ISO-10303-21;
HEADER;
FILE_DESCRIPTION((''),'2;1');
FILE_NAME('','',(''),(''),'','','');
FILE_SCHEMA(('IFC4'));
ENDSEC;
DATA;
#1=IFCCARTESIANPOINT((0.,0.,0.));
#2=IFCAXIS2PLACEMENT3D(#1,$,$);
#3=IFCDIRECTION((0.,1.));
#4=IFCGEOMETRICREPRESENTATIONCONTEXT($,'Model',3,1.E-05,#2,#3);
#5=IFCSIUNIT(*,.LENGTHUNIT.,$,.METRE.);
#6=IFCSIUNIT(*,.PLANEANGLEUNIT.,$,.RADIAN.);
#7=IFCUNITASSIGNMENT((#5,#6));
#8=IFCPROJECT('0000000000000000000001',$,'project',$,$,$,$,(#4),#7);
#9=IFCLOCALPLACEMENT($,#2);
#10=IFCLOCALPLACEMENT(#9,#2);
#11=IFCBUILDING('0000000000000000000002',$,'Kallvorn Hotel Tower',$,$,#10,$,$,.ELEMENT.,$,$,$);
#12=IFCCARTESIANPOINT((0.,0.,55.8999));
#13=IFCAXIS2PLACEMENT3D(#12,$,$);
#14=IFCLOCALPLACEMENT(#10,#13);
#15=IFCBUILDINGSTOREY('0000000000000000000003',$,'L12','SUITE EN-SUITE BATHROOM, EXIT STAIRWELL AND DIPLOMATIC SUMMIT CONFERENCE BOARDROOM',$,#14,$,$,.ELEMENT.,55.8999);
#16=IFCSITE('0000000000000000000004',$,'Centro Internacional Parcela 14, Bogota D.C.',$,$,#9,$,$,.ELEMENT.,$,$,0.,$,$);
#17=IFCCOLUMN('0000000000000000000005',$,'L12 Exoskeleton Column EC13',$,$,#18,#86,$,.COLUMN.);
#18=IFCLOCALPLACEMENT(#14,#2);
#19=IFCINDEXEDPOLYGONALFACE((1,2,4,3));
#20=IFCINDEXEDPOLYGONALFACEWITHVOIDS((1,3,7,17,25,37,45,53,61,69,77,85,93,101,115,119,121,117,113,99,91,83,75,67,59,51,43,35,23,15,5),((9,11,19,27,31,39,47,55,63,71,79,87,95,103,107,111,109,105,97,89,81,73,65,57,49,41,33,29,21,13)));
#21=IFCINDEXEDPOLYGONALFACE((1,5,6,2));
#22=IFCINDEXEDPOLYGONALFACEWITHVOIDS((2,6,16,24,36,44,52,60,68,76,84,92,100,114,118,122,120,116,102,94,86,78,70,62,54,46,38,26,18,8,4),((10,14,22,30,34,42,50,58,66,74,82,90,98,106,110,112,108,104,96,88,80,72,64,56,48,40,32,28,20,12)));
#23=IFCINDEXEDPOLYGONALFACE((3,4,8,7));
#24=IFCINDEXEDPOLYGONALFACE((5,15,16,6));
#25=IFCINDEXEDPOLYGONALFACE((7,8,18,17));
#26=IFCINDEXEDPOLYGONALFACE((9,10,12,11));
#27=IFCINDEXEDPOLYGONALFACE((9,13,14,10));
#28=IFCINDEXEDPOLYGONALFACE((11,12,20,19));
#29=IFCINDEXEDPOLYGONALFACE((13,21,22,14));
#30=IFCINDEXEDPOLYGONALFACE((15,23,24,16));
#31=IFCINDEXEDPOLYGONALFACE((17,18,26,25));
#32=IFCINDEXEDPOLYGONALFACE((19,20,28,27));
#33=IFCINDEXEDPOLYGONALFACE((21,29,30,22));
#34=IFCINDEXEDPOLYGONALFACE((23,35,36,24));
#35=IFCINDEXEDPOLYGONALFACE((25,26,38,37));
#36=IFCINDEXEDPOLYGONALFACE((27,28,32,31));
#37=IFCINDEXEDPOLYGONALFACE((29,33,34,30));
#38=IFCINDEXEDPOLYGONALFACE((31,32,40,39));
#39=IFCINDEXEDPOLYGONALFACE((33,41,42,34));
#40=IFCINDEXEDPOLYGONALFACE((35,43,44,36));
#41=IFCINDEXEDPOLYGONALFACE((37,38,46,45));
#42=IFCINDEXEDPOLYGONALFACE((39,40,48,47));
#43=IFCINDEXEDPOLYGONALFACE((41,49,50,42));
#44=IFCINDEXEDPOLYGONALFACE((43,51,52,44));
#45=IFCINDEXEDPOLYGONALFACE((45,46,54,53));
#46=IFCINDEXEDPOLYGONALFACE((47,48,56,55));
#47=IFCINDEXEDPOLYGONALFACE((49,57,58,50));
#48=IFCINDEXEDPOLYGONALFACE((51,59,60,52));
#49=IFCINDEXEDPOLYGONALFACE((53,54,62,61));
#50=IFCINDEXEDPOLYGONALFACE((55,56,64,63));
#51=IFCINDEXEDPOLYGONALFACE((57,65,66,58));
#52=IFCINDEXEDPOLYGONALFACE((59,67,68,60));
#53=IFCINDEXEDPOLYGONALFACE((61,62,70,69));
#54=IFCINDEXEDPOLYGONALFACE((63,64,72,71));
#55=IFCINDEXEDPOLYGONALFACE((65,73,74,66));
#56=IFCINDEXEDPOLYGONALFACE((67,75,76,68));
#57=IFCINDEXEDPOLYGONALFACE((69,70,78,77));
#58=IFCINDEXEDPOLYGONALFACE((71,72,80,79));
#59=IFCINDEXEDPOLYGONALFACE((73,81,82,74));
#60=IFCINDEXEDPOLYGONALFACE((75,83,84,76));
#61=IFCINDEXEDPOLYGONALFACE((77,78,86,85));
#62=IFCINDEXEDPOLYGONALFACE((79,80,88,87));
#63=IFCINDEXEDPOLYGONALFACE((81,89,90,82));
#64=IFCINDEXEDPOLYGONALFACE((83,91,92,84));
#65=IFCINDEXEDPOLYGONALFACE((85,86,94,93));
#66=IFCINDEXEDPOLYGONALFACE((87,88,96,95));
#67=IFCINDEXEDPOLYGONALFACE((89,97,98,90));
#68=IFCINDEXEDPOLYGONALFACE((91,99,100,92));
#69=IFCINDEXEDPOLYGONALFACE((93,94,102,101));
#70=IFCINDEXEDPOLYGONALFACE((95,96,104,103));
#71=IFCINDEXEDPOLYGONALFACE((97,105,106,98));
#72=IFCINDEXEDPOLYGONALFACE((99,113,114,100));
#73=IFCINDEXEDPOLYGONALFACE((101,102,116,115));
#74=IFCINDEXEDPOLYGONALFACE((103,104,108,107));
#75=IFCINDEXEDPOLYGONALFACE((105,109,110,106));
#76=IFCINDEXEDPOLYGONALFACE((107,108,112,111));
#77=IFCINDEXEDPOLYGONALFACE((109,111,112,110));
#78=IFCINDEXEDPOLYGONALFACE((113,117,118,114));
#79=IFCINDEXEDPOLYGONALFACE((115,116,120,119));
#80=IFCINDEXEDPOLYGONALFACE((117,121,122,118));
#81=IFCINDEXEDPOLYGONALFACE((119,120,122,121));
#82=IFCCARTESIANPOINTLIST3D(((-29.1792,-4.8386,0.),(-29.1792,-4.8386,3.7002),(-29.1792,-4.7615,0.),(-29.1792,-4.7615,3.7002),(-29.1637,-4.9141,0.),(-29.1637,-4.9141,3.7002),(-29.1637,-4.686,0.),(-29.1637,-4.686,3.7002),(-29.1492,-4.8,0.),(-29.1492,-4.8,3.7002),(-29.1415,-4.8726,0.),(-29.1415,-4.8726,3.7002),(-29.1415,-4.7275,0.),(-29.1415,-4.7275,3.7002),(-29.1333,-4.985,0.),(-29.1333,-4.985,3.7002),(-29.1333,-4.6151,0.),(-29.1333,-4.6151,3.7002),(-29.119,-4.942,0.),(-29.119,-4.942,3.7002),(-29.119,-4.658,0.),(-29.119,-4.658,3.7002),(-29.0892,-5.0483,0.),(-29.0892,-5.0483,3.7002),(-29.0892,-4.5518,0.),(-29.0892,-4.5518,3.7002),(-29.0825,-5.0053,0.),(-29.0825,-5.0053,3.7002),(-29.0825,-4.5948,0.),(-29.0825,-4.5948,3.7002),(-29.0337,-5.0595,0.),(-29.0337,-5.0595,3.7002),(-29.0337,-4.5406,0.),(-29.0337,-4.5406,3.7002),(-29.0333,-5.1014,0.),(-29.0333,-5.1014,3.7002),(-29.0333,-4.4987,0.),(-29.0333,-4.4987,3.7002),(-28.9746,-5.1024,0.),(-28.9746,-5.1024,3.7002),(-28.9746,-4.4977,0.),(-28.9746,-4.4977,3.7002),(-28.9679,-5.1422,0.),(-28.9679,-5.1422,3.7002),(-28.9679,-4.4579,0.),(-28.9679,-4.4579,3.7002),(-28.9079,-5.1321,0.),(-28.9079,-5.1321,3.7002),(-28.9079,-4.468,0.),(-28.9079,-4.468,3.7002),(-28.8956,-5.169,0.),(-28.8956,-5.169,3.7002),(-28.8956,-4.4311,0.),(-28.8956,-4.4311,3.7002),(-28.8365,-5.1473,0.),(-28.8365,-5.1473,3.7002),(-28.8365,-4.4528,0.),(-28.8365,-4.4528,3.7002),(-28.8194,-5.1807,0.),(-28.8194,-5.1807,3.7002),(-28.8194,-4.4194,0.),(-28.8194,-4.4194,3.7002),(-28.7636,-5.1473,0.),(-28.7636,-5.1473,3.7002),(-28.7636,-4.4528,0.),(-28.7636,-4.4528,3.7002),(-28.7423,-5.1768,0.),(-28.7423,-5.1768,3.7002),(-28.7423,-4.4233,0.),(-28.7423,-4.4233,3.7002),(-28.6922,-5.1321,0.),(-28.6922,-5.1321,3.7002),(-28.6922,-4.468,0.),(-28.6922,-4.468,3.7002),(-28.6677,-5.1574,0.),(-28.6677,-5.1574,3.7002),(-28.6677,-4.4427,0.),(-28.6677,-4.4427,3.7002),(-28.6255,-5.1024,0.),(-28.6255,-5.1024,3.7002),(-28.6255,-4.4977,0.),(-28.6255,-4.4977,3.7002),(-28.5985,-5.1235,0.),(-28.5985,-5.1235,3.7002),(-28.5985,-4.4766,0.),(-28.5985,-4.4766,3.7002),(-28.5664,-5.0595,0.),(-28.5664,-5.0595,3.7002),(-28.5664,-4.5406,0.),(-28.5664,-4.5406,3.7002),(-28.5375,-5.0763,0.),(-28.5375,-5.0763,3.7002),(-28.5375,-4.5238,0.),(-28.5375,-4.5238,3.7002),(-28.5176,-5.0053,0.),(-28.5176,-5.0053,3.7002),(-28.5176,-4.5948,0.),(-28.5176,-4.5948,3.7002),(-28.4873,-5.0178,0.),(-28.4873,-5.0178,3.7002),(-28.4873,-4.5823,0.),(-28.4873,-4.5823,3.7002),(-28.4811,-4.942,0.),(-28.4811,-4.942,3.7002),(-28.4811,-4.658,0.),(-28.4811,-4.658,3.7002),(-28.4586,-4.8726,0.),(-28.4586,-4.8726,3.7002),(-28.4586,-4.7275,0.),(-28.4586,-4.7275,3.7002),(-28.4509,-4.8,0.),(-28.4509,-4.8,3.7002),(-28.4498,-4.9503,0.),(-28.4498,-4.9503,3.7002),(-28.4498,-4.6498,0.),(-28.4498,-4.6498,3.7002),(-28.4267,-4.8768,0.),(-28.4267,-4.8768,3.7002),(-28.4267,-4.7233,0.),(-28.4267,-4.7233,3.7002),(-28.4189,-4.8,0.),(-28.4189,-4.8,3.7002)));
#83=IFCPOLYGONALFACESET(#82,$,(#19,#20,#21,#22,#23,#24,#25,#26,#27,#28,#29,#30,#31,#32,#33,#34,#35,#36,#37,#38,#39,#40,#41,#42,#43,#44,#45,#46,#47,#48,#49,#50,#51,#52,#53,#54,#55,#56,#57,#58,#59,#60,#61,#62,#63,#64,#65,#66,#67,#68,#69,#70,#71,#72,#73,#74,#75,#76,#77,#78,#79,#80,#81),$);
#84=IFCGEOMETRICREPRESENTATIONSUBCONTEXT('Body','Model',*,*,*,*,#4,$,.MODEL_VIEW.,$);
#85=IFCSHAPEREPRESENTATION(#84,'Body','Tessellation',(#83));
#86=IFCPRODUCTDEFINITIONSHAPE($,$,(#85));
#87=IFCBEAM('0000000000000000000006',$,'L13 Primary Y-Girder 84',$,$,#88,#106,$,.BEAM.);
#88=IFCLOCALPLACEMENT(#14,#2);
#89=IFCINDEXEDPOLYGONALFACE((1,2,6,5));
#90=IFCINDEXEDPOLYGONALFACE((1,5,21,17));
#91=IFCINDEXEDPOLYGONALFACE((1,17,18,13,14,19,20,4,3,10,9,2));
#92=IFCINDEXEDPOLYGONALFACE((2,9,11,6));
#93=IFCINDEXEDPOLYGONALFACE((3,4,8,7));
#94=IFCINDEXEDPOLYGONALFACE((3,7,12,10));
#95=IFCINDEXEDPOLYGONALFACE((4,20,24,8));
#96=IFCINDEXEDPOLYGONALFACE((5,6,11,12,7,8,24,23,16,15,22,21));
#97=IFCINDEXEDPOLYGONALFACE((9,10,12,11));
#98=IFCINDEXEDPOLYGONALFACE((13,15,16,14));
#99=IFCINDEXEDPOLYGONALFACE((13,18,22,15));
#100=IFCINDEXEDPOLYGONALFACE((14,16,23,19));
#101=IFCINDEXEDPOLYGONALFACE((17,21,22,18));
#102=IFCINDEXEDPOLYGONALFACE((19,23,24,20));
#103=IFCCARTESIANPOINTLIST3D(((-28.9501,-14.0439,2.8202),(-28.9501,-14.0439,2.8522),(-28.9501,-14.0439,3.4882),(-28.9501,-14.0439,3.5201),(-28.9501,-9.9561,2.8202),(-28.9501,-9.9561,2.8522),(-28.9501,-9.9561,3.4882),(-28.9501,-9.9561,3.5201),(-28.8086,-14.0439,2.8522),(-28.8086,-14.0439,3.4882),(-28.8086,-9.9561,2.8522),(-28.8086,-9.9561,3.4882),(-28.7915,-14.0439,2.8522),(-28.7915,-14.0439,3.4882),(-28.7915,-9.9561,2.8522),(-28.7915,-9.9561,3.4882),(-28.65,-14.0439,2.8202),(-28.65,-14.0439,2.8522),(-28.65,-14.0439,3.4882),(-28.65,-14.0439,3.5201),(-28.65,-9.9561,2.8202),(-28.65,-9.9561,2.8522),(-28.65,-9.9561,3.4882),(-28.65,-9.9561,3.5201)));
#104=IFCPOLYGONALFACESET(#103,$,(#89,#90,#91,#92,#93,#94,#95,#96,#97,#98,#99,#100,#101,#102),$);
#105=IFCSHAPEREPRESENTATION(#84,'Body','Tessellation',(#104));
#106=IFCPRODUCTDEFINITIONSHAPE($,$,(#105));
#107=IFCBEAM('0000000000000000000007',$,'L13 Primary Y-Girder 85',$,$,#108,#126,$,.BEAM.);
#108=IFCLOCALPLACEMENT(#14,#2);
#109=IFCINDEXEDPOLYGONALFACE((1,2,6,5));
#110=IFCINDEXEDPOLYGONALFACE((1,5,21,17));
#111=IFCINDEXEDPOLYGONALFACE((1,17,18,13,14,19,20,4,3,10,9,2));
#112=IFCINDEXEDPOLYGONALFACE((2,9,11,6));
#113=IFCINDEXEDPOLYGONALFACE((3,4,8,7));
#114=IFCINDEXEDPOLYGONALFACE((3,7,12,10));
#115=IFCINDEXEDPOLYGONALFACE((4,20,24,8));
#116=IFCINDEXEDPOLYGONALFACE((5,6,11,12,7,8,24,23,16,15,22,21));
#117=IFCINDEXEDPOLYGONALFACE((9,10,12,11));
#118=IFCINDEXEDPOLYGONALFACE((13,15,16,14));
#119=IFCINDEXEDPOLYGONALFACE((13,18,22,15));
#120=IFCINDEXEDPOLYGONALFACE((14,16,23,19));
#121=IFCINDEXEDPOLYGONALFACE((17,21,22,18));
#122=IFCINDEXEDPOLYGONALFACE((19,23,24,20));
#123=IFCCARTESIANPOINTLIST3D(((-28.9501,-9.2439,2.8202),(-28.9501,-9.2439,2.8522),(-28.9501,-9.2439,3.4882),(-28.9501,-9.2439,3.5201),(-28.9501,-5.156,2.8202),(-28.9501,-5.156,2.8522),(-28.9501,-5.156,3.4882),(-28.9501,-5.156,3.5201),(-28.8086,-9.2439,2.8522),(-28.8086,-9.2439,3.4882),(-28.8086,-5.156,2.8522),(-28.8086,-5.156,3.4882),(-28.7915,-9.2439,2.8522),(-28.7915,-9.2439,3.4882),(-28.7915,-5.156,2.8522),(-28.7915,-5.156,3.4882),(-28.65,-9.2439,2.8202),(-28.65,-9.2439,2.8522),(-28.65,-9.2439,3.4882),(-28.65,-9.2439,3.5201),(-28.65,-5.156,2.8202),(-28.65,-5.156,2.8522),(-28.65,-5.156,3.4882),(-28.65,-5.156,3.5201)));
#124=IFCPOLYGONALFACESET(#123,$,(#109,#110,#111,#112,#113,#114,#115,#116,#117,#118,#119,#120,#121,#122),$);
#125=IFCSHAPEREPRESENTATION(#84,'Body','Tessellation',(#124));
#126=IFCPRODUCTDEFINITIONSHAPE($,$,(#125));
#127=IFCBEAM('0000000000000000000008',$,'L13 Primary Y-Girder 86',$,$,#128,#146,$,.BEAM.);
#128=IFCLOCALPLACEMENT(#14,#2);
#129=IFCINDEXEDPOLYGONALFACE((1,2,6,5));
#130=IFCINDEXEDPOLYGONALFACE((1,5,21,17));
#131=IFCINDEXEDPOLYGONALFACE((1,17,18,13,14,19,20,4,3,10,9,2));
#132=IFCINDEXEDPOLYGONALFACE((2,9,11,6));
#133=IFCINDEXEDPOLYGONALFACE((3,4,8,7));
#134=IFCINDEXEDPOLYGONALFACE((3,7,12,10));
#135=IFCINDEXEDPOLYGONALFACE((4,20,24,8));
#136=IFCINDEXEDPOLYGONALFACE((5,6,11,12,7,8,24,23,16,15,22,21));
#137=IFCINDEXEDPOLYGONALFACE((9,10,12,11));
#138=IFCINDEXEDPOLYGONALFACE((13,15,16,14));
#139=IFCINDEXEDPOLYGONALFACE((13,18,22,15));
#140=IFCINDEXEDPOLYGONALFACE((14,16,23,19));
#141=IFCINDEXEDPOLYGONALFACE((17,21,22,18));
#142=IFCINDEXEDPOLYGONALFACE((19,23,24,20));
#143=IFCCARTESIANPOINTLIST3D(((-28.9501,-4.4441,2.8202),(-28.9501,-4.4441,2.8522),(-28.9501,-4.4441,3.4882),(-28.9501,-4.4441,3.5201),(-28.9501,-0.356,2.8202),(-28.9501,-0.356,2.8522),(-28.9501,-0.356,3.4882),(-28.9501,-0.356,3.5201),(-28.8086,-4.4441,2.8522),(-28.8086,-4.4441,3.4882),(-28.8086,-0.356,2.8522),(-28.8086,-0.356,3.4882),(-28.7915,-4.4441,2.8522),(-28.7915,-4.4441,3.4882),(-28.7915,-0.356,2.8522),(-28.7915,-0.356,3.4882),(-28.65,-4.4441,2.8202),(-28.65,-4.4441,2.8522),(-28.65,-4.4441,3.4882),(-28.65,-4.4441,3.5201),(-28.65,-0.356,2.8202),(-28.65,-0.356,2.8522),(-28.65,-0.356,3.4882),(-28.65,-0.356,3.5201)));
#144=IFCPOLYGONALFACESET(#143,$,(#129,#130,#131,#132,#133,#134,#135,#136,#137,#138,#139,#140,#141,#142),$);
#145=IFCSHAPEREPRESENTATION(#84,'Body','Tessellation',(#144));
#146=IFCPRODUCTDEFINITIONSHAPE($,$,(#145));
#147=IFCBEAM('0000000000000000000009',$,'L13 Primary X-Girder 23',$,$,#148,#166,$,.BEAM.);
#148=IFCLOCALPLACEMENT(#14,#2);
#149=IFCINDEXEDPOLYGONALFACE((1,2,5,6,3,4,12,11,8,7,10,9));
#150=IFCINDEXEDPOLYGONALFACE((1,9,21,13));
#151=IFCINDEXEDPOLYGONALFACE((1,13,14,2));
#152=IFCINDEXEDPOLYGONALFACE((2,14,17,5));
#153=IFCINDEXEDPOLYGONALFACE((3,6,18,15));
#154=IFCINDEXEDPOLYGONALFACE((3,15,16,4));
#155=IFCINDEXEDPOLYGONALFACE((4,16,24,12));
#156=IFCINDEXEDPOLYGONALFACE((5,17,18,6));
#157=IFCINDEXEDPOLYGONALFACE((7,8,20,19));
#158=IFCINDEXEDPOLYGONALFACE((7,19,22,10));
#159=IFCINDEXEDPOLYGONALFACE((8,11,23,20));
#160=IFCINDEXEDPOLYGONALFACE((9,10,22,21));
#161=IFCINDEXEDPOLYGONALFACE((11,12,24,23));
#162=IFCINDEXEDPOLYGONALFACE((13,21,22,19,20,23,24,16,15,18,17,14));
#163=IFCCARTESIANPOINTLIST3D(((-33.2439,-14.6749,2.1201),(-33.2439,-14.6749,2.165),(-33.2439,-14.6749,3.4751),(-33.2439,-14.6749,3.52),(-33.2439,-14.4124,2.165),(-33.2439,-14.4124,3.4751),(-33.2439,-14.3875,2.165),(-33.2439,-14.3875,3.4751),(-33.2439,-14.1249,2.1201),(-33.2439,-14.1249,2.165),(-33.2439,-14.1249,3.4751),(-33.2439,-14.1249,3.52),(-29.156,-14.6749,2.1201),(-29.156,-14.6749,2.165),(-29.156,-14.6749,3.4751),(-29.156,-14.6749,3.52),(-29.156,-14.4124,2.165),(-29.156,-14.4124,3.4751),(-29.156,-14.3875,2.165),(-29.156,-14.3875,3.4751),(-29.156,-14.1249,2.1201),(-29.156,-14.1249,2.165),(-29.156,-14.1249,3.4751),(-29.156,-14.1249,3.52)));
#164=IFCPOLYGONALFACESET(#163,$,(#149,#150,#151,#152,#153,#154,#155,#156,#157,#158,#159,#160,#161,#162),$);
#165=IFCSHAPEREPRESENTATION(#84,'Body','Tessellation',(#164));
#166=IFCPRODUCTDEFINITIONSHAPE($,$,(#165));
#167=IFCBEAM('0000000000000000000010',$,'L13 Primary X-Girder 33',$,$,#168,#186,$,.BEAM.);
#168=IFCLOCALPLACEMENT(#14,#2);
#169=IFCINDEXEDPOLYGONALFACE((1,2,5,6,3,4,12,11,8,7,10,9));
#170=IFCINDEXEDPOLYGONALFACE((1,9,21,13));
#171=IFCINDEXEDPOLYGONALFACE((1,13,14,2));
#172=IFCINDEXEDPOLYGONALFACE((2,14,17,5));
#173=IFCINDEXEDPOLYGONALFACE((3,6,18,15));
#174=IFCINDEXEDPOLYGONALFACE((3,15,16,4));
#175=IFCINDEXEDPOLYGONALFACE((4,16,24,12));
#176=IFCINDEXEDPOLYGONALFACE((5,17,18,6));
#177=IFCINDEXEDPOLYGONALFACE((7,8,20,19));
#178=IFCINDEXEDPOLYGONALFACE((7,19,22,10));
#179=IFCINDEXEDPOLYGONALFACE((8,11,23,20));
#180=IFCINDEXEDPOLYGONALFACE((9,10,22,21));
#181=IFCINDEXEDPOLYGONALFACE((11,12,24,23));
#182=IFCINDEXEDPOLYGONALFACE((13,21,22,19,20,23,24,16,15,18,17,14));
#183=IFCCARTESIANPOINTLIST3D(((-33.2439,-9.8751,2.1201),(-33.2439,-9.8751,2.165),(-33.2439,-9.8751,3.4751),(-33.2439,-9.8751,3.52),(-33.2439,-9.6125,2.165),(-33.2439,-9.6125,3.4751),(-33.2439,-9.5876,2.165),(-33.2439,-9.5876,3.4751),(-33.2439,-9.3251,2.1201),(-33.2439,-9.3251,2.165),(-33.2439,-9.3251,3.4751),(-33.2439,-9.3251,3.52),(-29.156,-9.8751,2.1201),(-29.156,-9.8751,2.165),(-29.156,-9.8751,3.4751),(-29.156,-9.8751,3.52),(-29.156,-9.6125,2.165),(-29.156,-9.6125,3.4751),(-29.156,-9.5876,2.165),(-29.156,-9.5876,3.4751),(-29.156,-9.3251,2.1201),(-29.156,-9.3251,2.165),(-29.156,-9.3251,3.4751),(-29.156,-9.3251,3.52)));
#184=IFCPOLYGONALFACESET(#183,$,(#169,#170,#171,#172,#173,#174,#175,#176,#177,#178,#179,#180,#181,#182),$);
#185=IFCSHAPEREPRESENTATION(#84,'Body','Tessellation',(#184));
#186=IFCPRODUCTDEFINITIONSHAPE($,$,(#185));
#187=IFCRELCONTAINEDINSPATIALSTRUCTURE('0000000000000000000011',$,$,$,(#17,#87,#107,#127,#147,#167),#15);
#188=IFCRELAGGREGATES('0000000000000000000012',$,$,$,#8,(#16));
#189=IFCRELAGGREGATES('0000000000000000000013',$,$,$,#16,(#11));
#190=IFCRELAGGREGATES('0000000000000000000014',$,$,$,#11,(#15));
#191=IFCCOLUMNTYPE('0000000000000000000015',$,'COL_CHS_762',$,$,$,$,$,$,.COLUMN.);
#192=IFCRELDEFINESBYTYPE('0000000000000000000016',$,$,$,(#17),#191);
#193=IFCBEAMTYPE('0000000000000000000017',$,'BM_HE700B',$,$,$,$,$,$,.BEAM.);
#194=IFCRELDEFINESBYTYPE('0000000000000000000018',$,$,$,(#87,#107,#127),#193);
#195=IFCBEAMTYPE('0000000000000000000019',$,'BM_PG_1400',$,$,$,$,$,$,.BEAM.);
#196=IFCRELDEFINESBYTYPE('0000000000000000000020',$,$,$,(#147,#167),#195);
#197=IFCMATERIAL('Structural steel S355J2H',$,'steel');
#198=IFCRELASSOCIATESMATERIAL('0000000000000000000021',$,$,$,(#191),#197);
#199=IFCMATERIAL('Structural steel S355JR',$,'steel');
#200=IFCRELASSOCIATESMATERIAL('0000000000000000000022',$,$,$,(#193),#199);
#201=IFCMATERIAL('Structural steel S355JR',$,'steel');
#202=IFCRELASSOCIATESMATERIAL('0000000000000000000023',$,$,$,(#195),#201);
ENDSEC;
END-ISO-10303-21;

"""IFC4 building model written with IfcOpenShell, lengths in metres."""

from ifc_helpers import new_model, si_unit, direction, frame, origin, origin_2d, place, context, subcontext, project, spatial, hollow_circle, i_section, extrude, material, material_profile, profile_set, type_object, element, save


model = new_model("IFC4")

# Units and contexts
model_context = context("Model", 3, precision=1e-05, world=origin(), true_north=direction((0.0, 1.0)))
body_context = subcontext(model_context, "Body", "Model", "MODEL_VIEW")
ifc_project = project(units=[si_unit("LENGTHUNIT", "METRE"), si_unit("PLANEANGLEUNIT", "RADIAN")], contexts=[model_context])

# Site, building, storey
site_placement = place(None, origin())
site = spatial("IfcSite", under=ifc_project, at=site_placement, Name="Centro Internacional Parcela 14, Bogota D.C.", CompositionType="ELEMENT", RefElevation=0.0)
building_placement = place(site_placement, origin())
building = spatial("IfcBuilding", under=site, at=building_placement, Name="Kallvorn Hotel Tower", CompositionType="ELEMENT")
storey_placement = place(building_placement, frame((0.0, 0.0, 55.8999)))
storey = spatial("IfcBuildingStorey", under=building, at=storey_placement, Name="L12", Description="SUITE EN-SUITE BATHROOM, EXIT STAIRWELL AND DIPLOMATIC SUMMIT CONFERENCE BOARDROOM", CompositionType="ELEMENT", Elevation=55.8999)

# Column
ifc_material_1 = material(Name="Structural steel S355J2H", Category="steel")
ifc_material_profile_1 = material_profile(ifc_material_1, hollow_circle(Radius=0.3811, WallThickness=0.032, at=origin_2d()), Name="CHS 762x32")
ifc_profile_set_1 = profile_set([ifc_material_profile_1], Name="Structural steel S355J2H")
column_type = type_object("IfcColumnType", Name="COL_CHS_762", PredefinedType="COLUMN", material=ifc_profile_set_1)
for number, where, z_axis, x_axis, name in (
    (1, (-28.8, -4.8, 0.0), (0.0, 0.0, 1.0), (1.0, 0.0, 0.0), "L12 Exoskeleton Column EC13"),
):
    element("IfcColumn", number, at=place(storey_placement, frame(where, z_axis=z_axis, x_axis=x_axis)), inside=storey, type_object=column_type, Name=name, PredefinedType="COLUMN", context=body_context, shape_type="SweptSolid", body=[
        extrude(hollow_circle(Radius=0.3811, WallThickness=0.032, at=origin_2d()), origin(), (0.0, 0.0, 1.0), 3.7002),
    ])

# Beams
ifc_material_2 = material(Name="Structural steel S355JR", Category="steel")
ifc_material_profile_2 = material_profile(ifc_material_2, i_section(OverallWidth=0.3, OverallDepth=0.7, WebThickness=0.0171, FlangeThickness=0.032, at=origin_2d()), Name="HE 700 B")
ifc_profile_set_2 = profile_set([ifc_material_profile_2], Name="Structural steel S355JR")
beam_type_1 = type_object("IfcBeamType", Name="BM_HE700B", PredefinedType="BEAM", material=ifc_profile_set_2)
for number, where, z_axis, x_axis, name in (
    (2, (-28.8, -14.0439, 3.1702), (0.0, 1.0, 0.0), (-1.0, 0.0, 0.0), "L13 Primary Y-Girder 84"),
    (3, (-28.8, -9.2439, 3.1702), (0.0, 1.0, 0.0), (-1.0, 0.0, 0.0), "L13 Primary Y-Girder 85"),
):
    element("IfcBeam", number, at=place(storey_placement, frame(where, z_axis=z_axis, x_axis=x_axis)), inside=storey, type_object=beam_type_1, Name=name, PredefinedType="BEAM", context=body_context, shape_type="SweptSolid", body=[
        extrude(i_section(OverallWidth=0.3, OverallDepth=0.7, WebThickness=0.0171, FlangeThickness=0.032, at=origin_2d()), origin(), (0.0, 0.0, 1.0), 4.0879),
    ])
beam_placement = place(storey_placement, frame((-28.8, -4.4441, 3.1702), z_axis=(0.0, 1.0, 0.0), x_axis=(-1.0, 0.0, 0.0)))
element("IfcBeam", 4, at=beam_placement, inside=storey, type_object=beam_type_1, Name="L13 Primary Y-Girder 86", PredefinedType="BEAM", context=body_context, shape_type="SweptSolid", body=[
    extrude(i_section(OverallWidth=0.3, OverallDepth=0.7, WebThickness=0.0171, FlangeThickness=0.032, at=origin_2d()), origin(), (0.0, 0.0, 1.0), 4.0881),
])
ifc_material_3 = material(Name="Structural steel S355JR", Category="steel")
ifc_material_profile_3 = material_profile(ifc_material_3, i_section(OverallWidth=0.55, OverallDepth=1.3999, WebThickness=0.0249, FlangeThickness=0.0449, at=origin_2d()), Name="PG 1400x550x25x45")
ifc_profile_set_3 = profile_set([ifc_material_profile_3], Name="Structural steel S355JR")
beam_type_2 = type_object("IfcBeamType", Name="BM_PG_1400", PredefinedType="BEAM", material=ifc_profile_set_3)
for number, where, z_axis, x_axis, name in (
    (5, (-33.2439, -14.3999, 2.8201), (1.0, 0.0, 0.0), (0.0, 1.0, 0.0), "L13 Primary X-Girder 23"),
    (6, (-33.2439, -9.6001, 2.8201), (1.0, 0.0, 0.0), (0.0, 1.0, 0.0), "L13 Primary X-Girder 33"),
):
    element("IfcBeam", number, at=place(storey_placement, frame(where, z_axis=z_axis, x_axis=x_axis)), inside=storey, type_object=beam_type_2, Name=name, PredefinedType="BEAM", context=body_context, shape_type="SweptSolid", body=[
        extrude(i_section(OverallWidth=0.55, OverallDepth=1.3999, WebThickness=0.0249, FlangeThickness=0.0449, at=origin_2d()), origin(), (0.0, 0.0, 1.0), 4.0879),
    ])

save(model, "model.ifc")
